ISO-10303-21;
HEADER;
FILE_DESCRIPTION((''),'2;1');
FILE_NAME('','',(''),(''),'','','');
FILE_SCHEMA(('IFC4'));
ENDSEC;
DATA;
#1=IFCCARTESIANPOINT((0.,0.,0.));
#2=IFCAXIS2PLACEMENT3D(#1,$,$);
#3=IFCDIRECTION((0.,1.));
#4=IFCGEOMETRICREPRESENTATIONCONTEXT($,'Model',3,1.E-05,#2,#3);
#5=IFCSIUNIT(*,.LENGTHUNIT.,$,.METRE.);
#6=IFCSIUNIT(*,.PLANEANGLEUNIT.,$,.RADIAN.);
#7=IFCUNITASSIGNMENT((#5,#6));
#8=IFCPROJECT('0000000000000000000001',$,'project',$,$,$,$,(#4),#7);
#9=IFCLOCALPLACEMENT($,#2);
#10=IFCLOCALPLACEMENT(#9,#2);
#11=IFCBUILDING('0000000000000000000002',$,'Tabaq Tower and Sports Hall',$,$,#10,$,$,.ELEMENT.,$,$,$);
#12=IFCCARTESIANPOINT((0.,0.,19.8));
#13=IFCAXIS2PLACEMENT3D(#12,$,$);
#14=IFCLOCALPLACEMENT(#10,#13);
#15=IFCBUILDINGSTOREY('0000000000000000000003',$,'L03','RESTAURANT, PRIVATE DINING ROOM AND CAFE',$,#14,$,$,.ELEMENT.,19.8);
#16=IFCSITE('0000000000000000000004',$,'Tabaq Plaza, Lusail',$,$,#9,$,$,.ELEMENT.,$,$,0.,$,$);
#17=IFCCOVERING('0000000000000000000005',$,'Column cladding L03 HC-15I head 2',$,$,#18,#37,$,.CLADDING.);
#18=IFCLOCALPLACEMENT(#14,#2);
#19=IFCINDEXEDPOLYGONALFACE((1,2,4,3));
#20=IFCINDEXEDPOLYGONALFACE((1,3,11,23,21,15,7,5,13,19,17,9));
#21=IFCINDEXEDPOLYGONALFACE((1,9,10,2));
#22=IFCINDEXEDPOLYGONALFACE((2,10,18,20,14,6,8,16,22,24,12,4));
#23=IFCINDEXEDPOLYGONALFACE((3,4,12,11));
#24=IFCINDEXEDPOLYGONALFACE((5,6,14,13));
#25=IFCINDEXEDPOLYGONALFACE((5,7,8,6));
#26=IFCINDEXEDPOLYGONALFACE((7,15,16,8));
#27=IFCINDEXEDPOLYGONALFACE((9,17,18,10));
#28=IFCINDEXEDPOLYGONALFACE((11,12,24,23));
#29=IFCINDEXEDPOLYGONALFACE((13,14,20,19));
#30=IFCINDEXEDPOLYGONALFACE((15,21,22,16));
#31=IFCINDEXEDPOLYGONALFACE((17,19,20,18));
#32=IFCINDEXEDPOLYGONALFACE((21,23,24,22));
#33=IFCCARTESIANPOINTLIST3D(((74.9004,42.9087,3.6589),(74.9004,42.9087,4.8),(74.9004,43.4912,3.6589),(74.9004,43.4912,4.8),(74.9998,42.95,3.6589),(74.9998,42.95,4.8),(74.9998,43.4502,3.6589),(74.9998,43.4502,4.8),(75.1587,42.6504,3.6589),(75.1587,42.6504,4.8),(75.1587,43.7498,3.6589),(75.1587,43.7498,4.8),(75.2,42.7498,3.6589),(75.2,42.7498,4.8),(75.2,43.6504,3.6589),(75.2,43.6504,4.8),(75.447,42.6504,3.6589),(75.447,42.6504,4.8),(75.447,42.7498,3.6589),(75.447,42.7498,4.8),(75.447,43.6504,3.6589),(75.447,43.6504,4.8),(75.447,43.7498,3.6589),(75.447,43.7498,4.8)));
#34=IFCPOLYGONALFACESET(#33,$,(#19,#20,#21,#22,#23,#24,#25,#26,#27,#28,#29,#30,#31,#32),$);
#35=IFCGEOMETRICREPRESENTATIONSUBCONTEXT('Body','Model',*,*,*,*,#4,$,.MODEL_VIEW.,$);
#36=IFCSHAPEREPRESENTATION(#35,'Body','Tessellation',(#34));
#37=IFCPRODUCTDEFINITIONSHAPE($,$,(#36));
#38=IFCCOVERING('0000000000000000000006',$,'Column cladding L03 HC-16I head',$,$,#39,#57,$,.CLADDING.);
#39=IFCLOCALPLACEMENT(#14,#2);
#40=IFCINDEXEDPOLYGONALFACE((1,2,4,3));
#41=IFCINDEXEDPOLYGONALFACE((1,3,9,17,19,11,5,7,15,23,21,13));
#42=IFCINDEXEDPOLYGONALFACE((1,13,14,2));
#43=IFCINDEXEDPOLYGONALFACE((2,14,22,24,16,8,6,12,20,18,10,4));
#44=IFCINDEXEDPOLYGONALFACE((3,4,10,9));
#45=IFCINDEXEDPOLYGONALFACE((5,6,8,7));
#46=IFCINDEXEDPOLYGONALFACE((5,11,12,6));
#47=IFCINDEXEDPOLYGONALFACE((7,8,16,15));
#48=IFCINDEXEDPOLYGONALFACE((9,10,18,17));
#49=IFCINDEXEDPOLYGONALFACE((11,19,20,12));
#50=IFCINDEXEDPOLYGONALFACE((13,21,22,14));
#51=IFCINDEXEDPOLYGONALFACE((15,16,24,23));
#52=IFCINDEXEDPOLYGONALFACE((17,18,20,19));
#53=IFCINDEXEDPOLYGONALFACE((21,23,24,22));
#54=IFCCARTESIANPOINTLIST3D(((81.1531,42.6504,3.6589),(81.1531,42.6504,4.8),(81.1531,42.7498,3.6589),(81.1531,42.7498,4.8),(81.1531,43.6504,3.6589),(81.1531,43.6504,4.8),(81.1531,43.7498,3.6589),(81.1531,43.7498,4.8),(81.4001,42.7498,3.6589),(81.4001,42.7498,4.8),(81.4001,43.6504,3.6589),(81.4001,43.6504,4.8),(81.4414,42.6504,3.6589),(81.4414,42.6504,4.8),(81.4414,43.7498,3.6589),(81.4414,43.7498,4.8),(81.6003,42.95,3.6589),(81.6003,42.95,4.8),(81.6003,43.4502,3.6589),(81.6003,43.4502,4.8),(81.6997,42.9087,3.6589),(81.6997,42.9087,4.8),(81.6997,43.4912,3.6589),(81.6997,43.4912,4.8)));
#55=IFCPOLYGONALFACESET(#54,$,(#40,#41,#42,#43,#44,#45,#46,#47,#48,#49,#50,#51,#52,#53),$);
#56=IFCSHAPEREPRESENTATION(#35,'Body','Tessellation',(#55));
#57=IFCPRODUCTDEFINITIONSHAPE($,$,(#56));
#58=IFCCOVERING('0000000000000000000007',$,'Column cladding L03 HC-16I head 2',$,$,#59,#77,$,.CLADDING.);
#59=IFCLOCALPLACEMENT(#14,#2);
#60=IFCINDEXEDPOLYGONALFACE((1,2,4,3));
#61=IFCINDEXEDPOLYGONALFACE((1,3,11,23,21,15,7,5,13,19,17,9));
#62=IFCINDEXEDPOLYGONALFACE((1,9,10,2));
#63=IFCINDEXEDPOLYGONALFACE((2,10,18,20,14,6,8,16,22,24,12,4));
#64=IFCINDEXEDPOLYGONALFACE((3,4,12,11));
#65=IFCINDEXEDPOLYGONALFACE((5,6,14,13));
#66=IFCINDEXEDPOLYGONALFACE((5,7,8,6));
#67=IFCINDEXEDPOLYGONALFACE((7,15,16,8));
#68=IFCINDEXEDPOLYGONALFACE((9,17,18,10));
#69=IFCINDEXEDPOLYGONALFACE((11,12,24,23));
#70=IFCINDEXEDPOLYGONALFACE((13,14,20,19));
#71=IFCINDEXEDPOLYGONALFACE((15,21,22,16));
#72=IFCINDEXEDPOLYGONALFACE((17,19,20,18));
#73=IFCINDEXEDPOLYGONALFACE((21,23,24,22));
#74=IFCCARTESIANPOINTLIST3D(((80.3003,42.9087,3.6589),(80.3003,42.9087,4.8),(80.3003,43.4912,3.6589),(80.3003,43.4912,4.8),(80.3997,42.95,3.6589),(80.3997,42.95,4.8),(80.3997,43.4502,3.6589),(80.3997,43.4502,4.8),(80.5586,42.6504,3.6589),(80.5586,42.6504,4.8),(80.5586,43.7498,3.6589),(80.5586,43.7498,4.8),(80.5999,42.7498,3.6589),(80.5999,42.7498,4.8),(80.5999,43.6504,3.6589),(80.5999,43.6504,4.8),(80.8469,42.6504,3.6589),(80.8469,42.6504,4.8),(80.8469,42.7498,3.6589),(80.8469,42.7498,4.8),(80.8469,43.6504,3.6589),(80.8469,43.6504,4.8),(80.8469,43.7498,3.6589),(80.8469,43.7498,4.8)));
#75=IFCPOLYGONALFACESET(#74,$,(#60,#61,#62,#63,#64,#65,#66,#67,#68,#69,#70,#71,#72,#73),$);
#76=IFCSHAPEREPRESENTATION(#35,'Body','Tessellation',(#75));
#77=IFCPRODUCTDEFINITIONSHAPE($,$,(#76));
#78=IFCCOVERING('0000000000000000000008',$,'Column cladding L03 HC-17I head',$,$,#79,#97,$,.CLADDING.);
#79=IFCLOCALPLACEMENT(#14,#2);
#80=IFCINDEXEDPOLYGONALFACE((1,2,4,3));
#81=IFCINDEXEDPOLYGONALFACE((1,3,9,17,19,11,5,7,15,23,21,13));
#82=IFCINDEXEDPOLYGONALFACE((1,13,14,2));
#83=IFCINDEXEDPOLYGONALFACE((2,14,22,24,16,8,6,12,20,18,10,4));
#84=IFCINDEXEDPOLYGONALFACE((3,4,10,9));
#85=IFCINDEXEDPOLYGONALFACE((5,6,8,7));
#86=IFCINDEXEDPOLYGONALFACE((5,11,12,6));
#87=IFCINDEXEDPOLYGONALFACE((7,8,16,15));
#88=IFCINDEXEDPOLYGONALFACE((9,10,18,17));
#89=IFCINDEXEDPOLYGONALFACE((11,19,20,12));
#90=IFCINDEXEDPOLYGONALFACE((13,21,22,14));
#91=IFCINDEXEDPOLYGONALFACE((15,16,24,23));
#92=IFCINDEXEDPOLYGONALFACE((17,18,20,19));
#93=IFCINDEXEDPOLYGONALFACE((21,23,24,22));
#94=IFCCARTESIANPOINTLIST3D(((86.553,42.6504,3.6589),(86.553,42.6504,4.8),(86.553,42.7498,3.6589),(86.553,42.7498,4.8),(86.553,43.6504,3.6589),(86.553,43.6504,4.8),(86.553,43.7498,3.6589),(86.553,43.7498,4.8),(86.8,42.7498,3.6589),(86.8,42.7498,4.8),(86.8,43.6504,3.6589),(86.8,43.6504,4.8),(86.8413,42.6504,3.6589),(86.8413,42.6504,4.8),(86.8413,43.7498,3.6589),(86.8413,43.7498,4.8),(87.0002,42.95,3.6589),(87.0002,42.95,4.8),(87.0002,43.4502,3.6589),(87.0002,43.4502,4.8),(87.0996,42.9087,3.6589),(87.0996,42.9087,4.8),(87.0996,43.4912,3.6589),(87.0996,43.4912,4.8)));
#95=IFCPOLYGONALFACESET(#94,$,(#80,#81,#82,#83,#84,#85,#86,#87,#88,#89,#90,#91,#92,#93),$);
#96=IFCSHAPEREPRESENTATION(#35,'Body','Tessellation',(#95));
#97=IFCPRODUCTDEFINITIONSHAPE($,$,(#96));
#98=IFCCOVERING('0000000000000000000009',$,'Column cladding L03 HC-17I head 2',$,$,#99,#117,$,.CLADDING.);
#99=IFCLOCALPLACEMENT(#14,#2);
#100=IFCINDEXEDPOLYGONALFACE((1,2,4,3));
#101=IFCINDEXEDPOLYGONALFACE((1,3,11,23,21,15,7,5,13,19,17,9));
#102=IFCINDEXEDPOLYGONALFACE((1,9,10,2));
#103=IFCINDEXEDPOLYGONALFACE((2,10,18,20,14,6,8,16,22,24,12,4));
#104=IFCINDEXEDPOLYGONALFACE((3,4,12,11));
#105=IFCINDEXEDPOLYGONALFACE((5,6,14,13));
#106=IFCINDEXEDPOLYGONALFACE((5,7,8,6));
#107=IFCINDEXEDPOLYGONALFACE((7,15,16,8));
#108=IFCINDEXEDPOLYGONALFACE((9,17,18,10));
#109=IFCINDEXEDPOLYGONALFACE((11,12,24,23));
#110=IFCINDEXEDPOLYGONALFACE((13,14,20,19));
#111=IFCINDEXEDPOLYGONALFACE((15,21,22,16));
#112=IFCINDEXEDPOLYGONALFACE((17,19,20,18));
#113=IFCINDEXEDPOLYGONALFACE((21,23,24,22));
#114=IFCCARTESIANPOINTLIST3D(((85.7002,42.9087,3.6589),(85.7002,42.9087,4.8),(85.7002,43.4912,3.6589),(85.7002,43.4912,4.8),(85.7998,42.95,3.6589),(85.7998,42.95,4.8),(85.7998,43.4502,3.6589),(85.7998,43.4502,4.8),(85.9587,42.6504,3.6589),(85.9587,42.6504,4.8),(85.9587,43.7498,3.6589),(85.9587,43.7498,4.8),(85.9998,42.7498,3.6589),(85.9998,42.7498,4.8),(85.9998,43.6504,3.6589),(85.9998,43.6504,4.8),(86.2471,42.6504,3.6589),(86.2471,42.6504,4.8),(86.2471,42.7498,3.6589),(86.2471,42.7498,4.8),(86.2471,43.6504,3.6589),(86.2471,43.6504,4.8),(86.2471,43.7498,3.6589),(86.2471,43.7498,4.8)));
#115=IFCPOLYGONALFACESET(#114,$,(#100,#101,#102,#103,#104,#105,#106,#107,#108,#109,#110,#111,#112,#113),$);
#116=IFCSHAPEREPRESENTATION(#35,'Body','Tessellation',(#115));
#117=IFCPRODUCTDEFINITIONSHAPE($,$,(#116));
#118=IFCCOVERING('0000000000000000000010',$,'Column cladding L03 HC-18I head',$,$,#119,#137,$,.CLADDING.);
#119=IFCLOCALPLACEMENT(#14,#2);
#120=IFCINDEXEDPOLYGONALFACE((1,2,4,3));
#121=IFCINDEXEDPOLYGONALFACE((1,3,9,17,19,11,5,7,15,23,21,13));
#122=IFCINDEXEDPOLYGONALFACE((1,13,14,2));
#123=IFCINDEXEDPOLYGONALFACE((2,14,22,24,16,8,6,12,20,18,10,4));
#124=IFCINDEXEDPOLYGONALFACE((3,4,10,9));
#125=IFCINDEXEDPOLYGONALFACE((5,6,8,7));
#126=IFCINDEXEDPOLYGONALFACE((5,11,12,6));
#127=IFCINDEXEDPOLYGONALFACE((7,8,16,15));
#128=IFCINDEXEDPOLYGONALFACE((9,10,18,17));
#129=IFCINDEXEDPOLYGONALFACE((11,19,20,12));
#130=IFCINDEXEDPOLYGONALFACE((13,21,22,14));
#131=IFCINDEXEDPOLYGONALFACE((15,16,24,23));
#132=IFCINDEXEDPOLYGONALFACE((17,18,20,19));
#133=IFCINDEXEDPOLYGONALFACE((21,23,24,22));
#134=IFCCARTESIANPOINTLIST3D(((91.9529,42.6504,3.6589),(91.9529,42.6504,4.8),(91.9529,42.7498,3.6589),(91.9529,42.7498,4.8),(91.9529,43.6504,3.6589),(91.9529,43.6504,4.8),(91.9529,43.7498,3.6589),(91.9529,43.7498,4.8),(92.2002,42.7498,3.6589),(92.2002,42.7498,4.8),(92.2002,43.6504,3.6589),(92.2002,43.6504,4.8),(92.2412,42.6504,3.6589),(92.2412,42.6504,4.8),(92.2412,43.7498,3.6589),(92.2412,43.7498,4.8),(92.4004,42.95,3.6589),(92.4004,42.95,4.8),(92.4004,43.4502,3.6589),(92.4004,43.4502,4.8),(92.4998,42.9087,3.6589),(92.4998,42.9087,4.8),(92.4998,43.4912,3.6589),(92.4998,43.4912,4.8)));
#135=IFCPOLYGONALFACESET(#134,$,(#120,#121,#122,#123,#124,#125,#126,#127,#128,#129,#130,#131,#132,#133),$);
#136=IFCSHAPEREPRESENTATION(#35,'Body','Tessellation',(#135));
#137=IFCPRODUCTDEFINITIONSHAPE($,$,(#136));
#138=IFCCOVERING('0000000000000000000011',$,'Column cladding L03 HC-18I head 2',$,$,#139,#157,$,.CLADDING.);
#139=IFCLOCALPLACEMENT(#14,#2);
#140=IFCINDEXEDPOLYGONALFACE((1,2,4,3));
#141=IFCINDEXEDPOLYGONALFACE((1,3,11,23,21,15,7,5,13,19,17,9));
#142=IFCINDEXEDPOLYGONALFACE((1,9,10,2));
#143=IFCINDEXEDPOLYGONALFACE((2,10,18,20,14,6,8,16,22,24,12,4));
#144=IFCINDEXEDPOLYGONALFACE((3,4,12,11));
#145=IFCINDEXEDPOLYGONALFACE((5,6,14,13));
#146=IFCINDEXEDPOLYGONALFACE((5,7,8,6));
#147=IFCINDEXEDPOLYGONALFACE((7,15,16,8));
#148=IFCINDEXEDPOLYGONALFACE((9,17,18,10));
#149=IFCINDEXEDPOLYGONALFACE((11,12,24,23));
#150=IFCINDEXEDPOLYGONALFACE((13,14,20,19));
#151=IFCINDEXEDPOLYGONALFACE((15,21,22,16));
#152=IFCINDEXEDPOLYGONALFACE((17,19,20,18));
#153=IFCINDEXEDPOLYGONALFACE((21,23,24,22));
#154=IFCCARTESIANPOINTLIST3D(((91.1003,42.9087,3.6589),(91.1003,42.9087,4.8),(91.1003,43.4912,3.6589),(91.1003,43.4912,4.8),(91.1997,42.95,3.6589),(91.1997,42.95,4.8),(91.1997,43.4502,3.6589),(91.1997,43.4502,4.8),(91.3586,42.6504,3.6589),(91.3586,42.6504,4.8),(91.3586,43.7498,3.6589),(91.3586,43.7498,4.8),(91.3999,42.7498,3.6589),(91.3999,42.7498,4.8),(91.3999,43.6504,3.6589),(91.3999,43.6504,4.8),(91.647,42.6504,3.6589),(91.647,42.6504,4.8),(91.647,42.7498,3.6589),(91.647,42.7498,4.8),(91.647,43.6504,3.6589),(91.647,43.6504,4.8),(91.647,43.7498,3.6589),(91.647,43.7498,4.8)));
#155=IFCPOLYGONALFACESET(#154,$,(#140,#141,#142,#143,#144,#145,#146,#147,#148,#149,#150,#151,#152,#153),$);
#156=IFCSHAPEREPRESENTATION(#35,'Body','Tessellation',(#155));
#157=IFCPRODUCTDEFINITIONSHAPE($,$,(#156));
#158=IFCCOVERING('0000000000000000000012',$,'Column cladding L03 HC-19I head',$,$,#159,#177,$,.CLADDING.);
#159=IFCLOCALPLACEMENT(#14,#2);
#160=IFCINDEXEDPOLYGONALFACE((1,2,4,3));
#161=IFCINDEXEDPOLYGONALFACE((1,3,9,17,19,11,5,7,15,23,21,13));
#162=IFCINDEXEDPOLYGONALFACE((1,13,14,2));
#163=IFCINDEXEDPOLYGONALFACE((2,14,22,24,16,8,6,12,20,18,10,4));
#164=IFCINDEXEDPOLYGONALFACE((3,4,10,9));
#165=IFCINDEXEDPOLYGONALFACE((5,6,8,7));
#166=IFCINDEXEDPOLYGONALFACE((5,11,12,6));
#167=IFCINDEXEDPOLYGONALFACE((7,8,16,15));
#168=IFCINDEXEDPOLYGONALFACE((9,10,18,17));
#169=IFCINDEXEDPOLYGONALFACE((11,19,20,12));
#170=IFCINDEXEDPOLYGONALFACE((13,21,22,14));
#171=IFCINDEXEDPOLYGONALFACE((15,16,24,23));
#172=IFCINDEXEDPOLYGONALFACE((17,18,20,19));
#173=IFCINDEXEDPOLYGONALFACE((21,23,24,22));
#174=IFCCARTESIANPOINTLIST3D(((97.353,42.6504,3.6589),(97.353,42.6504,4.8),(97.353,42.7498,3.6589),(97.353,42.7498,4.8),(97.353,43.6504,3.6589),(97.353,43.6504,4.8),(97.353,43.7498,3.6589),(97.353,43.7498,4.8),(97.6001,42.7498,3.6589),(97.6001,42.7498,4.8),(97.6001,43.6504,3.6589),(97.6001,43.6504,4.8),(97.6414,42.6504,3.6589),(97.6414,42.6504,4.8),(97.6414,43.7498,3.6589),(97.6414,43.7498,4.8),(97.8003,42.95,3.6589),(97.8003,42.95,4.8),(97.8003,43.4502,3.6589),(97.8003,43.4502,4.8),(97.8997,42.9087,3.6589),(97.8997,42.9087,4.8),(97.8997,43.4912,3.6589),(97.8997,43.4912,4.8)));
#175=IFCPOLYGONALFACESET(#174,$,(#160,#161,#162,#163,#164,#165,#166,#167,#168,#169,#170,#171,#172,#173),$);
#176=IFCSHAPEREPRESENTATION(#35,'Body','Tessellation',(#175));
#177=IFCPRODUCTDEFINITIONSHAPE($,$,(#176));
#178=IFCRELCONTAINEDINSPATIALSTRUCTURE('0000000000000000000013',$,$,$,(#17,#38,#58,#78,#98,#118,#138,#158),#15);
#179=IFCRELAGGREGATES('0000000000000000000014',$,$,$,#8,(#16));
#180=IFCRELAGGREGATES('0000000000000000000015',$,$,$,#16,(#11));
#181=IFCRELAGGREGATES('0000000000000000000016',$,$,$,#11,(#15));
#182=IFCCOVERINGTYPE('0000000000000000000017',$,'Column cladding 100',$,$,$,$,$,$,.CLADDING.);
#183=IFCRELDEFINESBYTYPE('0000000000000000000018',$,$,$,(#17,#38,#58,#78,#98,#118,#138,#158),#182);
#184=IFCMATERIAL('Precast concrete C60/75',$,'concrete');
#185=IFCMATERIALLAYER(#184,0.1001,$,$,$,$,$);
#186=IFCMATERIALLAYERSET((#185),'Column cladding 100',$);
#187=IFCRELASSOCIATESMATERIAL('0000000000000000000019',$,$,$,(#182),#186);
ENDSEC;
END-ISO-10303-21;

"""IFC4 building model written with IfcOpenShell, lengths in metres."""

from ifc_helpers import new_model, si_unit, direction, frame, origin, place, context, subcontext, project, spatial, polyline, outline, extrude, material, layer, layer_set, type_object, element, save


model = new_model("IFC4")

# Units and contexts
model_context = context("Model", 3, precision=1e-05, world=origin(), true_north=direction((0.0, 1.0)))
body_context = subcontext(model_context, "Body", "Model", "MODEL_VIEW")
ifc_project = project(units=[si_unit("LENGTHUNIT", "METRE"), si_unit("PLANEANGLEUNIT", "RADIAN")], contexts=[model_context])

# Site, building, storey
site_placement = place(None, origin())
site = spatial("IfcSite", under=ifc_project, at=site_placement, Name="Tabaq Plaza, Lusail", CompositionType="ELEMENT", RefElevation=0.0)
building_placement = place(site_placement, origin())
building = spatial("IfcBuilding", under=site, at=building_placement, Name="Tabaq Tower and Sports Hall", CompositionType="ELEMENT")
storey_placement = place(building_placement, frame((0.0, 0.0, 19.8)))
storey = spatial("IfcBuildingStorey", under=building, at=storey_placement, Name="L03", Description="RESTAURANT, PRIVATE DINING ROOM AND CAFE", CompositionType="ELEMENT", Elevation=19.8)

# Coverings
ifc_material = material(Name="Precast concrete C60/75", Category="concrete")
ifc_layer = layer(ifc_material, 0.1001)
ifc_layer_set = layer_set([ifc_layer], Name="Column cladding 100")
covering_type = type_object("IfcCoveringType", Name="Column cladding 100", PredefinedType="CLADDING", material=ifc_layer_set)
covering_1_placement = place(storey_placement, frame((0.0, 0.0, 3.6589)))
element("IfcCovering", 1, at=covering_1_placement, inside=storey, type_object=covering_type, Name="Column cladding L03 HC-15I head 2", PredefinedType="CLADDING", context=body_context, shape_type="SweptSolid", body=[
    extrude(outline(polyline([(74.9004, 43.4912), (75.1587, 43.7498), (75.447, 43.7498), (75.447, 43.6504), (75.2, 43.6504), (74.9998, 43.4502), (74.9998, 42.95), (75.2, 42.7498), (75.447, 42.7498), (75.447, 42.6504), (75.1587, 42.6504), (74.9004, 42.9087), (74.9004, 43.4912)])), origin(), (0.0, 0.0, 1.0), 1.1411),
])
covering_2_placement = place(storey_placement, frame((0.0, 0.0, 3.6589)))
element("IfcCovering", 2, at=covering_2_placement, inside=storey, type_object=covering_type, Name="Column cladding L03 HC-16I head", PredefinedType="CLADDING", context=body_context, shape_type="SweptSolid", body=[
    extrude(outline(polyline([(81.4414, 43.7498), (81.6997, 43.4912), (81.6997, 42.9087), (81.4414, 42.6504), (81.1531, 42.6504), (81.1531, 42.7498), (81.4001, 42.7498), (81.6003, 42.95), (81.6003, 43.4502), (81.4001, 43.6504), (81.1531, 43.6504), (81.1531, 43.7498), (81.4414, 43.7498)])), origin(), (0.0, 0.0, 1.0), 1.1411),
])
covering_3_placement = place(storey_placement, frame((0.0, 0.0, 3.6589)))
element("IfcCovering", 3, at=covering_3_placement, inside=storey, type_object=covering_type, Name="Column cladding L03 HC-16I head 2", PredefinedType="CLADDING", context=body_context, shape_type="SweptSolid", body=[
    extrude(outline(polyline([(80.5586, 43.7498), (80.8469, 43.7498), (80.8469, 43.6504), (80.5999, 43.6504), (80.3997, 43.4502), (80.3997, 42.95), (80.5999, 42.7498), (80.8469, 42.7498), (80.8469, 42.6504), (80.5586, 42.6504), (80.3003, 42.9087), (80.3003, 43.4912), (80.5586, 43.7498)])), origin(), (0.0, 0.0, 1.0), 1.1411),
])
covering_4_placement = place(storey_placement, frame((0.0, 0.0, 3.6589)))
element("IfcCovering", 4, at=covering_4_placement, inside=storey, type_object=covering_type, Name="Column cladding L03 HC-17I head", PredefinedType="CLADDING", context=body_context, shape_type="SweptSolid", body=[
    extrude(outline(polyline([(86.8413, 43.7498), (87.0996, 43.4912), (87.0996, 42.9087), (86.8413, 42.6504), (86.553, 42.6504), (86.553, 42.7498), (86.8, 42.7498), (87.0002, 42.95), (87.0002, 43.4502), (86.8, 43.6504), (86.553, 43.6504), (86.553, 43.7498), (86.8413, 43.7498)])), origin(), (0.0, 0.0, 1.0), 1.1411),
])
covering_5_placement = place(storey_placement, frame((0.0, 0.0, 3.6589)))
element("IfcCovering", 5, at=covering_5_placement, inside=storey, type_object=covering_type, Name="Column cladding L03 HC-17I head 2", PredefinedType="CLADDING", context=body_context, shape_type="SweptSolid", body=[
    extrude(outline(polyline([(85.7002, 43.4912), (85.9587, 43.7498), (86.2471, 43.7498), (86.2471, 43.6504), (85.9998, 43.6504), (85.7998, 43.4502), (85.7998, 42.95), (85.9998, 42.7498), (86.2471, 42.7498), (86.2471, 42.6504), (85.9587, 42.6504), (85.7002, 42.9087), (85.7002, 43.4912)])), origin(), (0.0, 0.0, 1.0), 1.1411),
])
covering_6_placement = place(storey_placement, frame((0.0, 0.0, 3.6589)))
element("IfcCovering", 6, at=covering_6_placement, inside=storey, type_object=covering_type, Name="Column cladding L03 HC-18I head", PredefinedType="CLADDING", context=body_context, shape_type="SweptSolid", body=[
    extrude(outline(polyline([(92.2412, 43.7498), (92.4998, 43.4912), (92.4998, 42.9087), (92.2412, 42.6504), (91.9529, 42.6504), (91.9529, 42.7498), (92.2002, 42.7498), (92.4004, 42.95), (92.4004, 43.4502), (92.2002, 43.6504), (91.9529, 43.6504), (91.9529, 43.7498), (92.2412, 43.7498)])), origin(), (0.0, 0.0, 1.0), 1.1411),
])
covering_7_placement = place(storey_placement, frame((0.0, 0.0, 3.6589)))
element("IfcCovering", 7, at=covering_7_placement, inside=storey, type_object=covering_type, Name="Column cladding L03 HC-18I head 2", PredefinedType="CLADDING", context=body_context, shape_type="SweptSolid", body=[
    extrude(outline(polyline([(91.1003, 43.4912), (91.3586, 43.7498), (91.647, 43.7498), (91.647, 43.6504), (91.3999, 43.6504), (91.1997, 43.4502), (91.1997, 42.95), (91.3999, 42.7498), (91.647, 42.7498), (91.647, 42.6504), (91.3586, 42.6504), (91.1003, 42.9087), (91.1003, 43.4912)])), origin(), (0.0, 0.0, 1.0), 1.1411),
])
covering_8_placement = place(storey_placement, frame((0.0, 0.0, 3.6589)))
element("IfcCovering", 8, at=covering_8_placement, inside=storey, type_object=covering_type, Name="Column cladding L03 HC-19I head", PredefinedType="CLADDING", context=body_context, shape_type="SweptSolid", body=[
    extrude(outline(polyline([(97.6414, 43.7498), (97.8997, 43.4912), (97.8997, 42.9087), (97.6414, 42.6504), (97.353, 42.6504), (97.353, 42.7498), (97.6001, 42.7498), (97.8003, 42.95), (97.8003, 43.4502), (97.6001, 43.6504), (97.353, 43.6504), (97.353, 43.7498), (97.6414, 43.7498)])), origin(), (0.0, 0.0, 1.0), 1.1411),
])

save(model, "model.ifc")
